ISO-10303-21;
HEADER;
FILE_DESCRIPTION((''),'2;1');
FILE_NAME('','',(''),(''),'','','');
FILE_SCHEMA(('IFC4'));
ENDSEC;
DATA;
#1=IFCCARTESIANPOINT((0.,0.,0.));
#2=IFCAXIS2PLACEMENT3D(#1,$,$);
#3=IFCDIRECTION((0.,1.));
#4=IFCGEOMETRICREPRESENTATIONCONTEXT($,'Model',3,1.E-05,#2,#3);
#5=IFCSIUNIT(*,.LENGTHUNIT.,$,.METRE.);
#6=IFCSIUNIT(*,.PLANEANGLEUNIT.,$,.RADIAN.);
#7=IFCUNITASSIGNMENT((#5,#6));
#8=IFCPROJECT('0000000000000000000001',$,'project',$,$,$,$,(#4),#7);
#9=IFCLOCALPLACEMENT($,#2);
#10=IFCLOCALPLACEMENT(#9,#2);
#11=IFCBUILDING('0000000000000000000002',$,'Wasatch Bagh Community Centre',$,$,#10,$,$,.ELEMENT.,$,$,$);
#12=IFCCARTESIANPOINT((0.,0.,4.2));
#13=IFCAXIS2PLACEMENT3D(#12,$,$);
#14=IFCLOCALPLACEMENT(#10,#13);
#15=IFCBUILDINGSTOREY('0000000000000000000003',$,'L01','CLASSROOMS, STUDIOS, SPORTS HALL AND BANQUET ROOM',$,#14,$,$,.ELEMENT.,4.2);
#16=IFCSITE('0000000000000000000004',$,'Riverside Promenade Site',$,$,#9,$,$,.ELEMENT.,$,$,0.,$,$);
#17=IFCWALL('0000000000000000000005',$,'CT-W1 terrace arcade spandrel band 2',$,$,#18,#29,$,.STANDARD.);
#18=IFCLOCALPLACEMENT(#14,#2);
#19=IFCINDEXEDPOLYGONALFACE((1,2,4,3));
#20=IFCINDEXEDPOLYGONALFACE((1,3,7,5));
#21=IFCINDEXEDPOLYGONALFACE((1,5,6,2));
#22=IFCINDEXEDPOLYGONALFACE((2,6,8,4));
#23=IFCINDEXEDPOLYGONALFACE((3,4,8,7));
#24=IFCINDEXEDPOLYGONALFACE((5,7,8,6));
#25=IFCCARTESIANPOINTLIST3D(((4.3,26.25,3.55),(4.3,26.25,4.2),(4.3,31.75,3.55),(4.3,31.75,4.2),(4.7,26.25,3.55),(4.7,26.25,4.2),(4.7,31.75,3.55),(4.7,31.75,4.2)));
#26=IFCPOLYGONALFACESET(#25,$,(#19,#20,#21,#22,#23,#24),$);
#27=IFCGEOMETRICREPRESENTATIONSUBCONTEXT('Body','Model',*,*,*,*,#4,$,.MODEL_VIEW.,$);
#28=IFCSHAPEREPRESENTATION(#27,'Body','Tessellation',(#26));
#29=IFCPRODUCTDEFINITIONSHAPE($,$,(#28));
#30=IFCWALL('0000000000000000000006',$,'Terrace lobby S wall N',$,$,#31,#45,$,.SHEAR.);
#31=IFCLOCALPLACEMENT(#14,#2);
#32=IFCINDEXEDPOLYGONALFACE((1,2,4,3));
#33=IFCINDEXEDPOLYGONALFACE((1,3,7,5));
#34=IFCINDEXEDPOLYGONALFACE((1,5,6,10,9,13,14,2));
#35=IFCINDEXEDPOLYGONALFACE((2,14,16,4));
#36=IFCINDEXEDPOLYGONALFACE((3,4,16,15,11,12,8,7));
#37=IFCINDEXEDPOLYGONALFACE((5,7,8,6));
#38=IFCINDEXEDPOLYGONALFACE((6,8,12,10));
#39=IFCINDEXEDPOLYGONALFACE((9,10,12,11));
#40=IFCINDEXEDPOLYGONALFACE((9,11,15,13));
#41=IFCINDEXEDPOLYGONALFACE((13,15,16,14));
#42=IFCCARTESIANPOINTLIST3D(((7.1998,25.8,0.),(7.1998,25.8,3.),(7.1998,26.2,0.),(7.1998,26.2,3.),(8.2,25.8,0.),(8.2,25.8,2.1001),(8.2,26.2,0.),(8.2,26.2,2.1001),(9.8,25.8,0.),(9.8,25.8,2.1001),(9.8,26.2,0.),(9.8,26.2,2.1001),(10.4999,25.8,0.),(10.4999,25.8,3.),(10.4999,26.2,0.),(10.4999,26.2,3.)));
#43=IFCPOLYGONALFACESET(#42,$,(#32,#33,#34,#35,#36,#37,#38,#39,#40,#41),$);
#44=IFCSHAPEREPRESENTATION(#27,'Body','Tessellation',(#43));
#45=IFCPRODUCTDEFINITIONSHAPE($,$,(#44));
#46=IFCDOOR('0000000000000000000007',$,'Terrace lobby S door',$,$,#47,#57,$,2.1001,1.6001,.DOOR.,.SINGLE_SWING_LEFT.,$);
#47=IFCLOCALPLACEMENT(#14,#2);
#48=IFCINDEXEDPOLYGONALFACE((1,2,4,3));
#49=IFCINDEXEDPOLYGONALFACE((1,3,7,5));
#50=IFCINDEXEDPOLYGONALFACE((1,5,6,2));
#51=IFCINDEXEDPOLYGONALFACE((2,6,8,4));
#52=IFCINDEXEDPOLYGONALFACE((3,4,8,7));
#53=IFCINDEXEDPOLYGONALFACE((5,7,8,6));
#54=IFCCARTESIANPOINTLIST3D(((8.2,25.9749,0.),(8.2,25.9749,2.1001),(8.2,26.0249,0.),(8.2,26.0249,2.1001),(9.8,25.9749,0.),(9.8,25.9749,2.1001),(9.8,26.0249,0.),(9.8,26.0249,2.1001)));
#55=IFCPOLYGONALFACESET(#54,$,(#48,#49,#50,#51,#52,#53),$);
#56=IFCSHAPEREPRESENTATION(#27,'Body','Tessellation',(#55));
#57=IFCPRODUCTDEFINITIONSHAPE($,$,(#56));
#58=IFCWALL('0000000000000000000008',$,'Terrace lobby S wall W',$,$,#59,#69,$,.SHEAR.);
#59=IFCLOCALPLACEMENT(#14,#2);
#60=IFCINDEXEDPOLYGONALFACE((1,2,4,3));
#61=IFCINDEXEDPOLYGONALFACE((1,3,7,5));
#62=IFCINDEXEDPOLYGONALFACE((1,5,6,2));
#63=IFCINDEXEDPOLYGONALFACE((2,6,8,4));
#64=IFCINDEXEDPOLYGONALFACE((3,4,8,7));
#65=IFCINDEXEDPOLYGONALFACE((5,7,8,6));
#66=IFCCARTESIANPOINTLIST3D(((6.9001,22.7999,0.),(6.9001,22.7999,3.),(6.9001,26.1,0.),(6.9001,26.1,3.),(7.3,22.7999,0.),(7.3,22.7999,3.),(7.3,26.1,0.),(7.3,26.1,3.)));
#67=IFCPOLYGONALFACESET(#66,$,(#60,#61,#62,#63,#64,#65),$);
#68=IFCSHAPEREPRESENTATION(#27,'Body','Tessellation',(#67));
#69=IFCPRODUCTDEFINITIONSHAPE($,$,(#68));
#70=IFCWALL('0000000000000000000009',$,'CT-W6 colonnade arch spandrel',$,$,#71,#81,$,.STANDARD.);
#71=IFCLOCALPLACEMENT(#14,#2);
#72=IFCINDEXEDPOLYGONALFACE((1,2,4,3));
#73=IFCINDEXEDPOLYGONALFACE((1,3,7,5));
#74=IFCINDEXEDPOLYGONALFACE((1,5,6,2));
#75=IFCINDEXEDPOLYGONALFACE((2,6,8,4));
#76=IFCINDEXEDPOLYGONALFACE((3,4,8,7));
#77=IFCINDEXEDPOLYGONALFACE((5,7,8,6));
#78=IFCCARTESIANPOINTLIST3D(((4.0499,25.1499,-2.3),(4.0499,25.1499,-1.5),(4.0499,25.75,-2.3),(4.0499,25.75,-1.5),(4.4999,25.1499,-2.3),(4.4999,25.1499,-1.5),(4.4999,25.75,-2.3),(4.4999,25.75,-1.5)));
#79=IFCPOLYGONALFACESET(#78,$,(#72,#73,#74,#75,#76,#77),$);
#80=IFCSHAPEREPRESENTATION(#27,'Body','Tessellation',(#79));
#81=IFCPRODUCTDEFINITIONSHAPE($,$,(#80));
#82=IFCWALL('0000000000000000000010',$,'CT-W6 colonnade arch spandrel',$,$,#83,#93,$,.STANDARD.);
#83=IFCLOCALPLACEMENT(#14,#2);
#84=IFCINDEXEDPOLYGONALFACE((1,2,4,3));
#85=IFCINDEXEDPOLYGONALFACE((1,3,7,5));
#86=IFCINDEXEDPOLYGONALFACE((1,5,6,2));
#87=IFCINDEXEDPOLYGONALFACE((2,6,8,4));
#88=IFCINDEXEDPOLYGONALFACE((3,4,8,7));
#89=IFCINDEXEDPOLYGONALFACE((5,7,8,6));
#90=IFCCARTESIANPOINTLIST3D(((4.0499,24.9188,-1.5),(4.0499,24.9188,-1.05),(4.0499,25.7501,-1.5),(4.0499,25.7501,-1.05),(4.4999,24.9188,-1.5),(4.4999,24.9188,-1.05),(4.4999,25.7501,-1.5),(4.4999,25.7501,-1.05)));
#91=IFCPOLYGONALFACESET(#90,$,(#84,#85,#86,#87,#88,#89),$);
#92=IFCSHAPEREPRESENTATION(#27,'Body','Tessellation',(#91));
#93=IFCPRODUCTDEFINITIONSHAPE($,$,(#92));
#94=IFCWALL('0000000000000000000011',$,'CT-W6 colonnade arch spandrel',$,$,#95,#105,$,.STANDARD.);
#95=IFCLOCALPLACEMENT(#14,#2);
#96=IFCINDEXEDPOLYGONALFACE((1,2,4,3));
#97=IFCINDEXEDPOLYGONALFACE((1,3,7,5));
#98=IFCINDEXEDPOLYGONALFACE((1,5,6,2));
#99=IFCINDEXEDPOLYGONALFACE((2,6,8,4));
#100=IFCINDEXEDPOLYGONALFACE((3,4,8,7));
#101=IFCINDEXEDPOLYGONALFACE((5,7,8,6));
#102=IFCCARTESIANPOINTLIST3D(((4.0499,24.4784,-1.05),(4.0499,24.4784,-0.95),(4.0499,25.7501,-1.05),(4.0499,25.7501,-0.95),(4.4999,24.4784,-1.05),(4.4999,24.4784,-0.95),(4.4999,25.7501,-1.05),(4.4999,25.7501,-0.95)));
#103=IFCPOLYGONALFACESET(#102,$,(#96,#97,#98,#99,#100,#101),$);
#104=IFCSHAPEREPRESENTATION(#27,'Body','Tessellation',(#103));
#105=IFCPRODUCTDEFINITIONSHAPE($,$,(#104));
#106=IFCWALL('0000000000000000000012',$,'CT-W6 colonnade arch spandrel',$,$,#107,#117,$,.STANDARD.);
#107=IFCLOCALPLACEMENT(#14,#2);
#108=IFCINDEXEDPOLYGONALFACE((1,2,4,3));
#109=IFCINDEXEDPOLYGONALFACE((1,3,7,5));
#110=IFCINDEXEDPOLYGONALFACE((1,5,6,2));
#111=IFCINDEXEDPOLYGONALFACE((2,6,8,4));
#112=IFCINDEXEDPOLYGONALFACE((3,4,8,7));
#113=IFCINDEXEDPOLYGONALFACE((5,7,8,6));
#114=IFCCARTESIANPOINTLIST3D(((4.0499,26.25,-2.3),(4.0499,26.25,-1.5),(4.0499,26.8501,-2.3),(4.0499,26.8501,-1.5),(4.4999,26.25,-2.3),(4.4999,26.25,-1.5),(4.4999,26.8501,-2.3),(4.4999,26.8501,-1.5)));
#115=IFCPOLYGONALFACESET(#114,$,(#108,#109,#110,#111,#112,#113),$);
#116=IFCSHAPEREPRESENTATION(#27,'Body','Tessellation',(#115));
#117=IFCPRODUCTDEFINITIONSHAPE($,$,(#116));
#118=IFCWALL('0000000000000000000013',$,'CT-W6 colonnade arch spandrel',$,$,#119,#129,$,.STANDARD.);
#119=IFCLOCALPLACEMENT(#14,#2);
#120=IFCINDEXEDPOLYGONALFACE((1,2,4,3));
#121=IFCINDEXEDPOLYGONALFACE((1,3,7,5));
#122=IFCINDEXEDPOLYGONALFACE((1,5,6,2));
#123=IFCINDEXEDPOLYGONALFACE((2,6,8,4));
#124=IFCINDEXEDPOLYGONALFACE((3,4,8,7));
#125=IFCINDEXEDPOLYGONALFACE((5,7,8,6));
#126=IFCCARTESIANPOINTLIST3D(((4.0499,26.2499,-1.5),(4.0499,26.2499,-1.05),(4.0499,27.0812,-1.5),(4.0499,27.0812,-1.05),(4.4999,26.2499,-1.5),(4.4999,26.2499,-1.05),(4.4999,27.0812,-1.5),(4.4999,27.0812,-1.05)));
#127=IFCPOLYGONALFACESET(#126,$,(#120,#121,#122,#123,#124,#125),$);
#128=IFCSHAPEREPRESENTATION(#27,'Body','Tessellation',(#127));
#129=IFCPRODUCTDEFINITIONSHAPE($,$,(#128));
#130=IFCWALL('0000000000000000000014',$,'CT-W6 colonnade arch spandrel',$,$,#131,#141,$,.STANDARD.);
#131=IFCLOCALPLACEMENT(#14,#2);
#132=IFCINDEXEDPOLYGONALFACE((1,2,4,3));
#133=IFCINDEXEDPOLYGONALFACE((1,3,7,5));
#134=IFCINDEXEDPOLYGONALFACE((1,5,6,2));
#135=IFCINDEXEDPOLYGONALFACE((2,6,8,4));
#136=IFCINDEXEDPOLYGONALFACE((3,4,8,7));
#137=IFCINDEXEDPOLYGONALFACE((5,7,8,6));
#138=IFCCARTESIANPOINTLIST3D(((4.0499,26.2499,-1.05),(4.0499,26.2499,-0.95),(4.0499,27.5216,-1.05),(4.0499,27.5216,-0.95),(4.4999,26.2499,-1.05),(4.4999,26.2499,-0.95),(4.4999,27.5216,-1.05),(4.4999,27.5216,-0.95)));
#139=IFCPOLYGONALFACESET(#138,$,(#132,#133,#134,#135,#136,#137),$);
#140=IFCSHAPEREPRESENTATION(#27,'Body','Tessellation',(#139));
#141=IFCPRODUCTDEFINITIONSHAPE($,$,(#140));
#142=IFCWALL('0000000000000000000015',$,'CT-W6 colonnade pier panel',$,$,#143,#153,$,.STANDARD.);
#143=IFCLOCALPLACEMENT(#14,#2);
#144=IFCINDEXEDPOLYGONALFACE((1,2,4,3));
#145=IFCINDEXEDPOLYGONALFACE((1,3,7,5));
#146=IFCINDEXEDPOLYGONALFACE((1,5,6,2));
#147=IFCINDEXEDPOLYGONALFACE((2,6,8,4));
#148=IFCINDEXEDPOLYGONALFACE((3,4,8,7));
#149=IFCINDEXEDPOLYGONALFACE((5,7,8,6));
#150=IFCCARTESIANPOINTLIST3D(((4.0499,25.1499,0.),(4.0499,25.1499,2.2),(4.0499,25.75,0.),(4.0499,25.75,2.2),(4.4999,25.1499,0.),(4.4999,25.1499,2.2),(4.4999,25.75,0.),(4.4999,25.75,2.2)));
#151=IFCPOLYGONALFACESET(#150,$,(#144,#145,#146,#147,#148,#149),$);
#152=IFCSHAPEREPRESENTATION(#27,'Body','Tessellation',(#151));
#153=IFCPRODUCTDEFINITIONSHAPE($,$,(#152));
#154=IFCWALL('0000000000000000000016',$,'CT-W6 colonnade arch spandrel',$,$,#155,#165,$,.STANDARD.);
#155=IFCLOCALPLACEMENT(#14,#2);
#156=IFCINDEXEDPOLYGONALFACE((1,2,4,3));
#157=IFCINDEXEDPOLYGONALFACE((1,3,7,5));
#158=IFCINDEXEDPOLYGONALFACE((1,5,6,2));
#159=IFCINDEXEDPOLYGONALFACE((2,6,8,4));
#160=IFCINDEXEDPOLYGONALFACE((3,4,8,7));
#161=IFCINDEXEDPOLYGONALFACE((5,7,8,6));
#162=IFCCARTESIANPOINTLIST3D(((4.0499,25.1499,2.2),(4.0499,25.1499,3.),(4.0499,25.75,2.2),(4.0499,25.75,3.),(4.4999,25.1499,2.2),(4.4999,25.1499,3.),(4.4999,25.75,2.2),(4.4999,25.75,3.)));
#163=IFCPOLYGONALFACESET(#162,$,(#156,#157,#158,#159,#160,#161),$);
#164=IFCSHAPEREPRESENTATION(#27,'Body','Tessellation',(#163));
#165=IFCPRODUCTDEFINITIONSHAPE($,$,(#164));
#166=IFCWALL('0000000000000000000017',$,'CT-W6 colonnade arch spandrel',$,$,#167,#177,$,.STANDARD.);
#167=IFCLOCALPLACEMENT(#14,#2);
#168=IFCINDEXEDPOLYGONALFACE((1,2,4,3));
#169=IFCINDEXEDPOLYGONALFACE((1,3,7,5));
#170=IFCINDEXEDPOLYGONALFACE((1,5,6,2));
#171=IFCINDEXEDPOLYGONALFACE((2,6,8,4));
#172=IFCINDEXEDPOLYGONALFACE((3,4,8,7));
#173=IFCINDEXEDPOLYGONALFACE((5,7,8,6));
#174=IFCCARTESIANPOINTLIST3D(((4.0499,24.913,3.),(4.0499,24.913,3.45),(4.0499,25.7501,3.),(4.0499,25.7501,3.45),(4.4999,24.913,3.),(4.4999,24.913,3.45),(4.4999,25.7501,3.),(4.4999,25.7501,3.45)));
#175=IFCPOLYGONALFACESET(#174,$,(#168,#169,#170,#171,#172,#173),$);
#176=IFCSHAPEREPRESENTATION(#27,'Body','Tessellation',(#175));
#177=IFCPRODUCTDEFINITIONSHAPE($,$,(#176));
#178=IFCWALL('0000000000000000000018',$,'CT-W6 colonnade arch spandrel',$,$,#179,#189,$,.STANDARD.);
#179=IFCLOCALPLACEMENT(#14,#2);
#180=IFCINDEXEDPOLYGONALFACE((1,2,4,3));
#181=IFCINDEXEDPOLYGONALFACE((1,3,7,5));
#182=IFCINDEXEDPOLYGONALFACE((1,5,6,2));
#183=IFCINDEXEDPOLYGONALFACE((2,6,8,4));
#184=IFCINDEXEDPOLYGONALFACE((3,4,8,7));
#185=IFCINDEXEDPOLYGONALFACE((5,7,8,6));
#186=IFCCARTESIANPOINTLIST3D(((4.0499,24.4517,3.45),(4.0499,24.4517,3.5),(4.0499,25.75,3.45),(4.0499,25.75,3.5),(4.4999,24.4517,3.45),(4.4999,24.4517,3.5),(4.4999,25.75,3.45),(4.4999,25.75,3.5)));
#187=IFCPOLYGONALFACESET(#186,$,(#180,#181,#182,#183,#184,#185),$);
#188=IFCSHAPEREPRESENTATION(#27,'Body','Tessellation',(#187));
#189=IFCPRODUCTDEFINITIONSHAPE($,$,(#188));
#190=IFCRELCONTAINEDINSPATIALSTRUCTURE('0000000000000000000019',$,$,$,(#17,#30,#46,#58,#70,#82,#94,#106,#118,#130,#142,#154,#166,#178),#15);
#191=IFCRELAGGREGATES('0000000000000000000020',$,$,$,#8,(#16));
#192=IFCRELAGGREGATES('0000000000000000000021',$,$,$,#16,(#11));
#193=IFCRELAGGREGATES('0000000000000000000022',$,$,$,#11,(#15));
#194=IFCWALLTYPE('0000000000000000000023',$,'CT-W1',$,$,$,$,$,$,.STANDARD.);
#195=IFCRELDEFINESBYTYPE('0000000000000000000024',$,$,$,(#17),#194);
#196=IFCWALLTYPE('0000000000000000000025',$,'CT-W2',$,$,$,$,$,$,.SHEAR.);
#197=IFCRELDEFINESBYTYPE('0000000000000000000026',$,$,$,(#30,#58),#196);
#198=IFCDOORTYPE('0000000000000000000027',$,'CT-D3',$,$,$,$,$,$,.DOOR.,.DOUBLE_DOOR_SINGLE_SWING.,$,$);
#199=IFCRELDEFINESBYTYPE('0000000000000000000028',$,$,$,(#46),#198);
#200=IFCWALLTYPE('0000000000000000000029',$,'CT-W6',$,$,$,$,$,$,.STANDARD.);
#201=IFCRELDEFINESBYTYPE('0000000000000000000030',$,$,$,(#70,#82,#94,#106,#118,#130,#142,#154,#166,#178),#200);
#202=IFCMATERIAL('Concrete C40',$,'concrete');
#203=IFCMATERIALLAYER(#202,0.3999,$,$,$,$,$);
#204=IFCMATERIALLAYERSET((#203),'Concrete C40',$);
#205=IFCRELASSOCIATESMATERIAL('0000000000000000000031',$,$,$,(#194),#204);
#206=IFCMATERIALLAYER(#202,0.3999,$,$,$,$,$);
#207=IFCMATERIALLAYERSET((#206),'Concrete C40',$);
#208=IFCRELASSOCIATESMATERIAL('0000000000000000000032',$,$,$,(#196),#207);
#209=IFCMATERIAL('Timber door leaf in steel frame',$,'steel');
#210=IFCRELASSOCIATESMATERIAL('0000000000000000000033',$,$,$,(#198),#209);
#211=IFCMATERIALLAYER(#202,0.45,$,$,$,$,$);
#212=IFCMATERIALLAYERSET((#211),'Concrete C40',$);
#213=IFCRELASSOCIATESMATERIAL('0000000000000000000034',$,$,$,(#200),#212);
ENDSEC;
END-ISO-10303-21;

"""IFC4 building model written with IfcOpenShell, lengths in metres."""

from ifc_helpers import new_model, si_unit, direction, frame, frame_2d, origin, place, context, subcontext, project, spatial, rectangle, extrude, material, layer, layer_set, type_object, element, fill, save


model = new_model("IFC4")

# Units and contexts
model_context = context("Model", 3, precision=1e-05, world=origin(), true_north=direction((0.0, 1.0)))
body_context = subcontext(model_context, "Body", "Model", "MODEL_VIEW")
ifc_project = project(units=[si_unit("LENGTHUNIT", "METRE"), si_unit("PLANEANGLEUNIT", "RADIAN")], contexts=[model_context])

# Site, building, storey
site_placement = place(None, origin())
site = spatial("IfcSite", under=ifc_project, at=site_placement, Name="Riverside Promenade Site", CompositionType="ELEMENT", RefElevation=0.0)
building_placement = place(site_placement, origin())
building = spatial("IfcBuilding", under=site, at=building_placement, Name="Wasatch Bagh Community Centre", CompositionType="ELEMENT")
storey_placement = place(building_placement, frame((0.0, 0.0, 4.2)))
storey = spatial("IfcBuildingStorey", under=building, at=storey_placement, Name="L01", Description="CLASSROOMS, STUDIOS, SPORTS HALL AND BANQUET ROOM", CompositionType="ELEMENT", Elevation=4.2)

# Shared definitions
ifc_material_1 = material(Name="Concrete C40", Category="concrete")

# Wall
ifc_layer_1 = layer(ifc_material_1, 0.3999)
ifc_layer_set_1 = layer_set([ifc_layer_1], Name="Concrete C40")
wall_type_1 = type_object("IfcWallType", Name="CT-W1", PredefinedType="STANDARD", material=ifc_layer_set_1)
wall_1_placement = place(storey_placement, frame((4.5, 26.25, 3.55), z_axis=(0.0, 0.0, 1.0), x_axis=(0.0, 1.0, 0.0)))
element("IfcWall", 1, at=wall_1_placement, inside=storey, type_object=wall_type_1, Name="CT-W1 terrace arcade spandrel band 2", PredefinedType="STANDARD", context=body_context, shape_type="SweptSolid", body=[
    extrude(rectangle(XDim=5.5, YDim=0.3999, at=frame_2d((2.75, 0.0))), origin(), (0.0, 0.0, 1.0), 0.6499),
])

# Wall, opening, door
ifc_layer_2 = layer(ifc_material_1, 0.3999)
ifc_layer_set_2 = layer_set([ifc_layer_2], Name="Concrete C40")
wall_type_2 = type_object("IfcWallType", Name="CT-W2", PredefinedType="SHEAR", material=ifc_layer_set_2)
wall_2_placement = place(storey_placement, frame((7.2, 26.0, 0.0), z_axis=(0.0, 0.0, 1.0), x_axis=(1.0, 0.0, 0.0)))
wall_2 = element("IfcWall", 2, at=wall_2_placement, inside=storey, type_object=wall_type_2, Name="Terrace lobby S wall N", PredefinedType="SHEAR", context=body_context, shape_type="SweptSolid", body=[
    extrude(rectangle(XDim=3.3, YDim=0.3999, at=frame_2d((1.6499, 0.0))), origin(), (0.0, 0.0, 1.0), 3.0),
])
opening_placement = place(wall_2_placement, frame((1.0, 0.0, 0.0)))
opening = element("IfcOpeningElement", 3, at=opening_placement, cuts=wall_2, PredefinedType="OPENING", context=body_context, shape_type="SweptSolid", body=[
    extrude(rectangle(XDim=1.6001, YDim=2.1001, at=frame_2d((0.8, 1.05))), frame((0.0, 0.21, 0.0), z_axis=(0.0, -1.0, 0.0), x_axis=(1.0, 0.0, 0.0)), (0.0, 0.0, 1.0), 0.4199),
])
ifc_material_2 = material(Name="Timber door leaf in steel frame", Category="steel")
door_type = type_object("IfcDoorType", Name="CT-D3", OperationType="DOUBLE_DOOR_SINGLE_SWING", PredefinedType="DOOR", material=ifc_material_2)
door_placement = place(opening_placement, origin())
door = element("IfcDoor", 4, at=door_placement, inside=storey, type_object=door_type, Name="Terrace lobby S door", OperationType="SINGLE_SWING_LEFT", OverallHeight=2.1001, OverallWidth=1.6001, PredefinedType="DOOR", context=body_context, shape_type="SweptSolid", body=[
    extrude(rectangle(XDim=1.6001, YDim=2.1001, at=frame_2d((0.8, 1.05))), frame((0.0, 0.0249, 0.0), z_axis=(0.0, -1.0, 0.0), x_axis=(1.0, 0.0, 0.0)), (0.0, 0.0, 1.0), 0.05),
])
fill(opening, door)

# Walls
wall_3_placement = place(storey_placement, frame((7.1001, 22.8, 0.0), z_axis=(0.0, 0.0, 1.0), x_axis=(0.0, 1.0, 0.0)))
element("IfcWall", 5, at=wall_3_placement, inside=storey, type_object=wall_type_2, Name="Terrace lobby S wall W", PredefinedType="SHEAR", context=body_context, shape_type="SweptSolid", body=[
    extrude(rectangle(XDim=3.3, YDim=0.3999, at=frame_2d((1.6499, 0.0))), origin(), (0.0, 0.0, 1.0), 3.0),
])
ifc_layer_3 = layer(ifc_material_1, 0.45)
ifc_layer_set_3 = layer_set([ifc_layer_3], Name="Concrete C40")
wall_type_3 = type_object("IfcWallType", Name="CT-W6", PredefinedType="STANDARD", material=ifc_layer_set_3)
wall_4_placement = place(storey_placement, frame((4.2749, 25.75, -2.3), z_axis=(0.0, 0.0, 1.0), x_axis=(0.0, -1.0, 0.0)))
element("IfcWall", 6, at=wall_4_placement, inside=storey, type_object=wall_type_3, Name="CT-W6 colonnade arch spandrel", PredefinedType="STANDARD", context=body_context, shape_type="SweptSolid", body=[
    extrude(rectangle(XDim=0.6001, YDim=0.45, at=frame_2d((0.3, 0.0))), origin(), (0.0, 0.0, 1.0), 0.8),
])
wall_5_placement = place(storey_placement, frame((4.2749, 25.75, -1.5), z_axis=(0.0, 0.0, 1.0), x_axis=(0.0, -1.0, 0.0)))
element("IfcWall", 7, at=wall_5_placement, inside=storey, type_object=wall_type_3, Name="CT-W6 colonnade arch spandrel", PredefinedType="STANDARD", context=body_context, shape_type="SweptSolid", body=[
    extrude(rectangle(XDim=0.8313, YDim=0.45, at=frame_2d((0.4155, 0.0))), origin(), (0.0, 0.0, 1.0), 0.45),
])
wall_6_placement = place(storey_placement, frame((4.2749, 25.75, -1.05), z_axis=(0.0, 0.0, 1.0), x_axis=(0.0, -1.0, 0.0)))
element("IfcWall", 8, at=wall_6_placement, inside=storey, type_object=wall_type_3, Name="CT-W6 colonnade arch spandrel", PredefinedType="STANDARD", context=body_context, shape_type="SweptSolid", body=[
    extrude(rectangle(XDim=1.2717, YDim=0.45, at=frame_2d((0.6357, 0.0))), origin(), (0.0, 0.0, 1.0), 0.1001),
])
wall_7_placement = place(storey_placement, frame((4.2749, 26.25, -2.3), z_axis=(0.0, 0.0, 1.0), x_axis=(0.0, 1.0, 0.0)))
element("IfcWall", 9, at=wall_7_placement, inside=storey, type_object=wall_type_3, Name="CT-W6 colonnade arch spandrel", PredefinedType="STANDARD", context=body_context, shape_type="SweptSolid", body=[
    extrude(rectangle(XDim=0.6001, YDim=0.45, at=frame_2d((0.3, 0.0))), origin(), (0.0, 0.0, 1.0), 0.8),
])
wall_8_placement = place(storey_placement, frame((4.2749, 26.25, -1.5), z_axis=(0.0, 0.0, 1.0), x_axis=(0.0, 1.0, 0.0)))
element("IfcWall", 10, at=wall_8_placement, inside=storey, type_object=wall_type_3, Name="CT-W6 colonnade arch spandrel", PredefinedType="STANDARD", context=body_context, shape_type="SweptSolid", body=[
    extrude(rectangle(XDim=0.8313, YDim=0.45, at=frame_2d((0.4155, 0.0))), origin(), (0.0, 0.0, 1.0), 0.45),
])
wall_9_placement = place(storey_placement, frame((4.2749, 26.25, -1.05), z_axis=(0.0, 0.0, 1.0), x_axis=(0.0, 1.0, 0.0)))
element("IfcWall", 11, at=wall_9_placement, inside=storey, type_object=wall_type_3, Name="CT-W6 colonnade arch spandrel", PredefinedType="STANDARD", context=body_context, shape_type="SweptSolid", body=[
    extrude(rectangle(XDim=1.2717, YDim=0.45, at=frame_2d((0.6357, 0.0))), origin(), (0.0, 0.0, 1.0), 0.1001),
])
wall_10_placement = place(storey_placement, frame((4.2749, 25.75, 0.0), z_axis=(0.0, 0.0, 1.0), x_axis=(0.0, -1.0, 0.0)))
element("IfcWall", 12, at=wall_10_placement, inside=storey, type_object=wall_type_3, Name="CT-W6 colonnade pier panel", PredefinedType="STANDARD", context=body_context, shape_type="SweptSolid", body=[
    extrude(rectangle(XDim=0.6001, YDim=0.45, at=frame_2d((0.3, 0.0))), origin(), (0.0, 0.0, 1.0), 2.2),
])
wall_11_placement = place(storey_placement, frame((4.2749, 25.75, 2.2), z_axis=(0.0, 0.0, 1.0), x_axis=(0.0, -1.0, 0.0)))
element("IfcWall", 13, at=wall_11_placement, inside=storey, type_object=wall_type_3, Name="CT-W6 colonnade arch spandrel", PredefinedType="STANDARD", context=body_context, shape_type="SweptSolid", body=[
    extrude(rectangle(XDim=0.6001, YDim=0.45, at=frame_2d((0.3, 0.0))), origin(), (0.0, 0.0, 1.0), 0.8),
])
wall_12_placement = place(storey_placement, frame((4.2749, 25.75, 3.0), z_axis=(0.0, 0.0, 1.0), x_axis=(0.0, -1.0, 0.0)))
element("IfcWall", 14, at=wall_12_placement, inside=storey, type_object=wall_type_3, Name="CT-W6 colonnade arch spandrel", PredefinedType="STANDARD", context=body_context, shape_type="SweptSolid", body=[
    extrude(rectangle(XDim=0.8372, YDim=0.45, at=frame_2d((0.4185, 0.0))), origin(), (0.0, 0.0, 1.0), 0.45),
])
wall_13_placement = place(storey_placement, frame((4.2749, 25.75, 3.45), z_axis=(0.0, 0.0, 1.0), x_axis=(0.0, -1.0, 0.0)))
element("IfcWall", 15, at=wall_13_placement, inside=storey, type_object=wall_type_3, Name="CT-W6 colonnade arch spandrel", PredefinedType="STANDARD", context=body_context, shape_type="SweptSolid", body=[
    extrude(rectangle(XDim=1.2983, YDim=0.45, at=frame_2d((0.6492, 0.0))), origin(), (0.0, 0.0, 1.0), 0.05),
])

save(model, "model.ifc")
